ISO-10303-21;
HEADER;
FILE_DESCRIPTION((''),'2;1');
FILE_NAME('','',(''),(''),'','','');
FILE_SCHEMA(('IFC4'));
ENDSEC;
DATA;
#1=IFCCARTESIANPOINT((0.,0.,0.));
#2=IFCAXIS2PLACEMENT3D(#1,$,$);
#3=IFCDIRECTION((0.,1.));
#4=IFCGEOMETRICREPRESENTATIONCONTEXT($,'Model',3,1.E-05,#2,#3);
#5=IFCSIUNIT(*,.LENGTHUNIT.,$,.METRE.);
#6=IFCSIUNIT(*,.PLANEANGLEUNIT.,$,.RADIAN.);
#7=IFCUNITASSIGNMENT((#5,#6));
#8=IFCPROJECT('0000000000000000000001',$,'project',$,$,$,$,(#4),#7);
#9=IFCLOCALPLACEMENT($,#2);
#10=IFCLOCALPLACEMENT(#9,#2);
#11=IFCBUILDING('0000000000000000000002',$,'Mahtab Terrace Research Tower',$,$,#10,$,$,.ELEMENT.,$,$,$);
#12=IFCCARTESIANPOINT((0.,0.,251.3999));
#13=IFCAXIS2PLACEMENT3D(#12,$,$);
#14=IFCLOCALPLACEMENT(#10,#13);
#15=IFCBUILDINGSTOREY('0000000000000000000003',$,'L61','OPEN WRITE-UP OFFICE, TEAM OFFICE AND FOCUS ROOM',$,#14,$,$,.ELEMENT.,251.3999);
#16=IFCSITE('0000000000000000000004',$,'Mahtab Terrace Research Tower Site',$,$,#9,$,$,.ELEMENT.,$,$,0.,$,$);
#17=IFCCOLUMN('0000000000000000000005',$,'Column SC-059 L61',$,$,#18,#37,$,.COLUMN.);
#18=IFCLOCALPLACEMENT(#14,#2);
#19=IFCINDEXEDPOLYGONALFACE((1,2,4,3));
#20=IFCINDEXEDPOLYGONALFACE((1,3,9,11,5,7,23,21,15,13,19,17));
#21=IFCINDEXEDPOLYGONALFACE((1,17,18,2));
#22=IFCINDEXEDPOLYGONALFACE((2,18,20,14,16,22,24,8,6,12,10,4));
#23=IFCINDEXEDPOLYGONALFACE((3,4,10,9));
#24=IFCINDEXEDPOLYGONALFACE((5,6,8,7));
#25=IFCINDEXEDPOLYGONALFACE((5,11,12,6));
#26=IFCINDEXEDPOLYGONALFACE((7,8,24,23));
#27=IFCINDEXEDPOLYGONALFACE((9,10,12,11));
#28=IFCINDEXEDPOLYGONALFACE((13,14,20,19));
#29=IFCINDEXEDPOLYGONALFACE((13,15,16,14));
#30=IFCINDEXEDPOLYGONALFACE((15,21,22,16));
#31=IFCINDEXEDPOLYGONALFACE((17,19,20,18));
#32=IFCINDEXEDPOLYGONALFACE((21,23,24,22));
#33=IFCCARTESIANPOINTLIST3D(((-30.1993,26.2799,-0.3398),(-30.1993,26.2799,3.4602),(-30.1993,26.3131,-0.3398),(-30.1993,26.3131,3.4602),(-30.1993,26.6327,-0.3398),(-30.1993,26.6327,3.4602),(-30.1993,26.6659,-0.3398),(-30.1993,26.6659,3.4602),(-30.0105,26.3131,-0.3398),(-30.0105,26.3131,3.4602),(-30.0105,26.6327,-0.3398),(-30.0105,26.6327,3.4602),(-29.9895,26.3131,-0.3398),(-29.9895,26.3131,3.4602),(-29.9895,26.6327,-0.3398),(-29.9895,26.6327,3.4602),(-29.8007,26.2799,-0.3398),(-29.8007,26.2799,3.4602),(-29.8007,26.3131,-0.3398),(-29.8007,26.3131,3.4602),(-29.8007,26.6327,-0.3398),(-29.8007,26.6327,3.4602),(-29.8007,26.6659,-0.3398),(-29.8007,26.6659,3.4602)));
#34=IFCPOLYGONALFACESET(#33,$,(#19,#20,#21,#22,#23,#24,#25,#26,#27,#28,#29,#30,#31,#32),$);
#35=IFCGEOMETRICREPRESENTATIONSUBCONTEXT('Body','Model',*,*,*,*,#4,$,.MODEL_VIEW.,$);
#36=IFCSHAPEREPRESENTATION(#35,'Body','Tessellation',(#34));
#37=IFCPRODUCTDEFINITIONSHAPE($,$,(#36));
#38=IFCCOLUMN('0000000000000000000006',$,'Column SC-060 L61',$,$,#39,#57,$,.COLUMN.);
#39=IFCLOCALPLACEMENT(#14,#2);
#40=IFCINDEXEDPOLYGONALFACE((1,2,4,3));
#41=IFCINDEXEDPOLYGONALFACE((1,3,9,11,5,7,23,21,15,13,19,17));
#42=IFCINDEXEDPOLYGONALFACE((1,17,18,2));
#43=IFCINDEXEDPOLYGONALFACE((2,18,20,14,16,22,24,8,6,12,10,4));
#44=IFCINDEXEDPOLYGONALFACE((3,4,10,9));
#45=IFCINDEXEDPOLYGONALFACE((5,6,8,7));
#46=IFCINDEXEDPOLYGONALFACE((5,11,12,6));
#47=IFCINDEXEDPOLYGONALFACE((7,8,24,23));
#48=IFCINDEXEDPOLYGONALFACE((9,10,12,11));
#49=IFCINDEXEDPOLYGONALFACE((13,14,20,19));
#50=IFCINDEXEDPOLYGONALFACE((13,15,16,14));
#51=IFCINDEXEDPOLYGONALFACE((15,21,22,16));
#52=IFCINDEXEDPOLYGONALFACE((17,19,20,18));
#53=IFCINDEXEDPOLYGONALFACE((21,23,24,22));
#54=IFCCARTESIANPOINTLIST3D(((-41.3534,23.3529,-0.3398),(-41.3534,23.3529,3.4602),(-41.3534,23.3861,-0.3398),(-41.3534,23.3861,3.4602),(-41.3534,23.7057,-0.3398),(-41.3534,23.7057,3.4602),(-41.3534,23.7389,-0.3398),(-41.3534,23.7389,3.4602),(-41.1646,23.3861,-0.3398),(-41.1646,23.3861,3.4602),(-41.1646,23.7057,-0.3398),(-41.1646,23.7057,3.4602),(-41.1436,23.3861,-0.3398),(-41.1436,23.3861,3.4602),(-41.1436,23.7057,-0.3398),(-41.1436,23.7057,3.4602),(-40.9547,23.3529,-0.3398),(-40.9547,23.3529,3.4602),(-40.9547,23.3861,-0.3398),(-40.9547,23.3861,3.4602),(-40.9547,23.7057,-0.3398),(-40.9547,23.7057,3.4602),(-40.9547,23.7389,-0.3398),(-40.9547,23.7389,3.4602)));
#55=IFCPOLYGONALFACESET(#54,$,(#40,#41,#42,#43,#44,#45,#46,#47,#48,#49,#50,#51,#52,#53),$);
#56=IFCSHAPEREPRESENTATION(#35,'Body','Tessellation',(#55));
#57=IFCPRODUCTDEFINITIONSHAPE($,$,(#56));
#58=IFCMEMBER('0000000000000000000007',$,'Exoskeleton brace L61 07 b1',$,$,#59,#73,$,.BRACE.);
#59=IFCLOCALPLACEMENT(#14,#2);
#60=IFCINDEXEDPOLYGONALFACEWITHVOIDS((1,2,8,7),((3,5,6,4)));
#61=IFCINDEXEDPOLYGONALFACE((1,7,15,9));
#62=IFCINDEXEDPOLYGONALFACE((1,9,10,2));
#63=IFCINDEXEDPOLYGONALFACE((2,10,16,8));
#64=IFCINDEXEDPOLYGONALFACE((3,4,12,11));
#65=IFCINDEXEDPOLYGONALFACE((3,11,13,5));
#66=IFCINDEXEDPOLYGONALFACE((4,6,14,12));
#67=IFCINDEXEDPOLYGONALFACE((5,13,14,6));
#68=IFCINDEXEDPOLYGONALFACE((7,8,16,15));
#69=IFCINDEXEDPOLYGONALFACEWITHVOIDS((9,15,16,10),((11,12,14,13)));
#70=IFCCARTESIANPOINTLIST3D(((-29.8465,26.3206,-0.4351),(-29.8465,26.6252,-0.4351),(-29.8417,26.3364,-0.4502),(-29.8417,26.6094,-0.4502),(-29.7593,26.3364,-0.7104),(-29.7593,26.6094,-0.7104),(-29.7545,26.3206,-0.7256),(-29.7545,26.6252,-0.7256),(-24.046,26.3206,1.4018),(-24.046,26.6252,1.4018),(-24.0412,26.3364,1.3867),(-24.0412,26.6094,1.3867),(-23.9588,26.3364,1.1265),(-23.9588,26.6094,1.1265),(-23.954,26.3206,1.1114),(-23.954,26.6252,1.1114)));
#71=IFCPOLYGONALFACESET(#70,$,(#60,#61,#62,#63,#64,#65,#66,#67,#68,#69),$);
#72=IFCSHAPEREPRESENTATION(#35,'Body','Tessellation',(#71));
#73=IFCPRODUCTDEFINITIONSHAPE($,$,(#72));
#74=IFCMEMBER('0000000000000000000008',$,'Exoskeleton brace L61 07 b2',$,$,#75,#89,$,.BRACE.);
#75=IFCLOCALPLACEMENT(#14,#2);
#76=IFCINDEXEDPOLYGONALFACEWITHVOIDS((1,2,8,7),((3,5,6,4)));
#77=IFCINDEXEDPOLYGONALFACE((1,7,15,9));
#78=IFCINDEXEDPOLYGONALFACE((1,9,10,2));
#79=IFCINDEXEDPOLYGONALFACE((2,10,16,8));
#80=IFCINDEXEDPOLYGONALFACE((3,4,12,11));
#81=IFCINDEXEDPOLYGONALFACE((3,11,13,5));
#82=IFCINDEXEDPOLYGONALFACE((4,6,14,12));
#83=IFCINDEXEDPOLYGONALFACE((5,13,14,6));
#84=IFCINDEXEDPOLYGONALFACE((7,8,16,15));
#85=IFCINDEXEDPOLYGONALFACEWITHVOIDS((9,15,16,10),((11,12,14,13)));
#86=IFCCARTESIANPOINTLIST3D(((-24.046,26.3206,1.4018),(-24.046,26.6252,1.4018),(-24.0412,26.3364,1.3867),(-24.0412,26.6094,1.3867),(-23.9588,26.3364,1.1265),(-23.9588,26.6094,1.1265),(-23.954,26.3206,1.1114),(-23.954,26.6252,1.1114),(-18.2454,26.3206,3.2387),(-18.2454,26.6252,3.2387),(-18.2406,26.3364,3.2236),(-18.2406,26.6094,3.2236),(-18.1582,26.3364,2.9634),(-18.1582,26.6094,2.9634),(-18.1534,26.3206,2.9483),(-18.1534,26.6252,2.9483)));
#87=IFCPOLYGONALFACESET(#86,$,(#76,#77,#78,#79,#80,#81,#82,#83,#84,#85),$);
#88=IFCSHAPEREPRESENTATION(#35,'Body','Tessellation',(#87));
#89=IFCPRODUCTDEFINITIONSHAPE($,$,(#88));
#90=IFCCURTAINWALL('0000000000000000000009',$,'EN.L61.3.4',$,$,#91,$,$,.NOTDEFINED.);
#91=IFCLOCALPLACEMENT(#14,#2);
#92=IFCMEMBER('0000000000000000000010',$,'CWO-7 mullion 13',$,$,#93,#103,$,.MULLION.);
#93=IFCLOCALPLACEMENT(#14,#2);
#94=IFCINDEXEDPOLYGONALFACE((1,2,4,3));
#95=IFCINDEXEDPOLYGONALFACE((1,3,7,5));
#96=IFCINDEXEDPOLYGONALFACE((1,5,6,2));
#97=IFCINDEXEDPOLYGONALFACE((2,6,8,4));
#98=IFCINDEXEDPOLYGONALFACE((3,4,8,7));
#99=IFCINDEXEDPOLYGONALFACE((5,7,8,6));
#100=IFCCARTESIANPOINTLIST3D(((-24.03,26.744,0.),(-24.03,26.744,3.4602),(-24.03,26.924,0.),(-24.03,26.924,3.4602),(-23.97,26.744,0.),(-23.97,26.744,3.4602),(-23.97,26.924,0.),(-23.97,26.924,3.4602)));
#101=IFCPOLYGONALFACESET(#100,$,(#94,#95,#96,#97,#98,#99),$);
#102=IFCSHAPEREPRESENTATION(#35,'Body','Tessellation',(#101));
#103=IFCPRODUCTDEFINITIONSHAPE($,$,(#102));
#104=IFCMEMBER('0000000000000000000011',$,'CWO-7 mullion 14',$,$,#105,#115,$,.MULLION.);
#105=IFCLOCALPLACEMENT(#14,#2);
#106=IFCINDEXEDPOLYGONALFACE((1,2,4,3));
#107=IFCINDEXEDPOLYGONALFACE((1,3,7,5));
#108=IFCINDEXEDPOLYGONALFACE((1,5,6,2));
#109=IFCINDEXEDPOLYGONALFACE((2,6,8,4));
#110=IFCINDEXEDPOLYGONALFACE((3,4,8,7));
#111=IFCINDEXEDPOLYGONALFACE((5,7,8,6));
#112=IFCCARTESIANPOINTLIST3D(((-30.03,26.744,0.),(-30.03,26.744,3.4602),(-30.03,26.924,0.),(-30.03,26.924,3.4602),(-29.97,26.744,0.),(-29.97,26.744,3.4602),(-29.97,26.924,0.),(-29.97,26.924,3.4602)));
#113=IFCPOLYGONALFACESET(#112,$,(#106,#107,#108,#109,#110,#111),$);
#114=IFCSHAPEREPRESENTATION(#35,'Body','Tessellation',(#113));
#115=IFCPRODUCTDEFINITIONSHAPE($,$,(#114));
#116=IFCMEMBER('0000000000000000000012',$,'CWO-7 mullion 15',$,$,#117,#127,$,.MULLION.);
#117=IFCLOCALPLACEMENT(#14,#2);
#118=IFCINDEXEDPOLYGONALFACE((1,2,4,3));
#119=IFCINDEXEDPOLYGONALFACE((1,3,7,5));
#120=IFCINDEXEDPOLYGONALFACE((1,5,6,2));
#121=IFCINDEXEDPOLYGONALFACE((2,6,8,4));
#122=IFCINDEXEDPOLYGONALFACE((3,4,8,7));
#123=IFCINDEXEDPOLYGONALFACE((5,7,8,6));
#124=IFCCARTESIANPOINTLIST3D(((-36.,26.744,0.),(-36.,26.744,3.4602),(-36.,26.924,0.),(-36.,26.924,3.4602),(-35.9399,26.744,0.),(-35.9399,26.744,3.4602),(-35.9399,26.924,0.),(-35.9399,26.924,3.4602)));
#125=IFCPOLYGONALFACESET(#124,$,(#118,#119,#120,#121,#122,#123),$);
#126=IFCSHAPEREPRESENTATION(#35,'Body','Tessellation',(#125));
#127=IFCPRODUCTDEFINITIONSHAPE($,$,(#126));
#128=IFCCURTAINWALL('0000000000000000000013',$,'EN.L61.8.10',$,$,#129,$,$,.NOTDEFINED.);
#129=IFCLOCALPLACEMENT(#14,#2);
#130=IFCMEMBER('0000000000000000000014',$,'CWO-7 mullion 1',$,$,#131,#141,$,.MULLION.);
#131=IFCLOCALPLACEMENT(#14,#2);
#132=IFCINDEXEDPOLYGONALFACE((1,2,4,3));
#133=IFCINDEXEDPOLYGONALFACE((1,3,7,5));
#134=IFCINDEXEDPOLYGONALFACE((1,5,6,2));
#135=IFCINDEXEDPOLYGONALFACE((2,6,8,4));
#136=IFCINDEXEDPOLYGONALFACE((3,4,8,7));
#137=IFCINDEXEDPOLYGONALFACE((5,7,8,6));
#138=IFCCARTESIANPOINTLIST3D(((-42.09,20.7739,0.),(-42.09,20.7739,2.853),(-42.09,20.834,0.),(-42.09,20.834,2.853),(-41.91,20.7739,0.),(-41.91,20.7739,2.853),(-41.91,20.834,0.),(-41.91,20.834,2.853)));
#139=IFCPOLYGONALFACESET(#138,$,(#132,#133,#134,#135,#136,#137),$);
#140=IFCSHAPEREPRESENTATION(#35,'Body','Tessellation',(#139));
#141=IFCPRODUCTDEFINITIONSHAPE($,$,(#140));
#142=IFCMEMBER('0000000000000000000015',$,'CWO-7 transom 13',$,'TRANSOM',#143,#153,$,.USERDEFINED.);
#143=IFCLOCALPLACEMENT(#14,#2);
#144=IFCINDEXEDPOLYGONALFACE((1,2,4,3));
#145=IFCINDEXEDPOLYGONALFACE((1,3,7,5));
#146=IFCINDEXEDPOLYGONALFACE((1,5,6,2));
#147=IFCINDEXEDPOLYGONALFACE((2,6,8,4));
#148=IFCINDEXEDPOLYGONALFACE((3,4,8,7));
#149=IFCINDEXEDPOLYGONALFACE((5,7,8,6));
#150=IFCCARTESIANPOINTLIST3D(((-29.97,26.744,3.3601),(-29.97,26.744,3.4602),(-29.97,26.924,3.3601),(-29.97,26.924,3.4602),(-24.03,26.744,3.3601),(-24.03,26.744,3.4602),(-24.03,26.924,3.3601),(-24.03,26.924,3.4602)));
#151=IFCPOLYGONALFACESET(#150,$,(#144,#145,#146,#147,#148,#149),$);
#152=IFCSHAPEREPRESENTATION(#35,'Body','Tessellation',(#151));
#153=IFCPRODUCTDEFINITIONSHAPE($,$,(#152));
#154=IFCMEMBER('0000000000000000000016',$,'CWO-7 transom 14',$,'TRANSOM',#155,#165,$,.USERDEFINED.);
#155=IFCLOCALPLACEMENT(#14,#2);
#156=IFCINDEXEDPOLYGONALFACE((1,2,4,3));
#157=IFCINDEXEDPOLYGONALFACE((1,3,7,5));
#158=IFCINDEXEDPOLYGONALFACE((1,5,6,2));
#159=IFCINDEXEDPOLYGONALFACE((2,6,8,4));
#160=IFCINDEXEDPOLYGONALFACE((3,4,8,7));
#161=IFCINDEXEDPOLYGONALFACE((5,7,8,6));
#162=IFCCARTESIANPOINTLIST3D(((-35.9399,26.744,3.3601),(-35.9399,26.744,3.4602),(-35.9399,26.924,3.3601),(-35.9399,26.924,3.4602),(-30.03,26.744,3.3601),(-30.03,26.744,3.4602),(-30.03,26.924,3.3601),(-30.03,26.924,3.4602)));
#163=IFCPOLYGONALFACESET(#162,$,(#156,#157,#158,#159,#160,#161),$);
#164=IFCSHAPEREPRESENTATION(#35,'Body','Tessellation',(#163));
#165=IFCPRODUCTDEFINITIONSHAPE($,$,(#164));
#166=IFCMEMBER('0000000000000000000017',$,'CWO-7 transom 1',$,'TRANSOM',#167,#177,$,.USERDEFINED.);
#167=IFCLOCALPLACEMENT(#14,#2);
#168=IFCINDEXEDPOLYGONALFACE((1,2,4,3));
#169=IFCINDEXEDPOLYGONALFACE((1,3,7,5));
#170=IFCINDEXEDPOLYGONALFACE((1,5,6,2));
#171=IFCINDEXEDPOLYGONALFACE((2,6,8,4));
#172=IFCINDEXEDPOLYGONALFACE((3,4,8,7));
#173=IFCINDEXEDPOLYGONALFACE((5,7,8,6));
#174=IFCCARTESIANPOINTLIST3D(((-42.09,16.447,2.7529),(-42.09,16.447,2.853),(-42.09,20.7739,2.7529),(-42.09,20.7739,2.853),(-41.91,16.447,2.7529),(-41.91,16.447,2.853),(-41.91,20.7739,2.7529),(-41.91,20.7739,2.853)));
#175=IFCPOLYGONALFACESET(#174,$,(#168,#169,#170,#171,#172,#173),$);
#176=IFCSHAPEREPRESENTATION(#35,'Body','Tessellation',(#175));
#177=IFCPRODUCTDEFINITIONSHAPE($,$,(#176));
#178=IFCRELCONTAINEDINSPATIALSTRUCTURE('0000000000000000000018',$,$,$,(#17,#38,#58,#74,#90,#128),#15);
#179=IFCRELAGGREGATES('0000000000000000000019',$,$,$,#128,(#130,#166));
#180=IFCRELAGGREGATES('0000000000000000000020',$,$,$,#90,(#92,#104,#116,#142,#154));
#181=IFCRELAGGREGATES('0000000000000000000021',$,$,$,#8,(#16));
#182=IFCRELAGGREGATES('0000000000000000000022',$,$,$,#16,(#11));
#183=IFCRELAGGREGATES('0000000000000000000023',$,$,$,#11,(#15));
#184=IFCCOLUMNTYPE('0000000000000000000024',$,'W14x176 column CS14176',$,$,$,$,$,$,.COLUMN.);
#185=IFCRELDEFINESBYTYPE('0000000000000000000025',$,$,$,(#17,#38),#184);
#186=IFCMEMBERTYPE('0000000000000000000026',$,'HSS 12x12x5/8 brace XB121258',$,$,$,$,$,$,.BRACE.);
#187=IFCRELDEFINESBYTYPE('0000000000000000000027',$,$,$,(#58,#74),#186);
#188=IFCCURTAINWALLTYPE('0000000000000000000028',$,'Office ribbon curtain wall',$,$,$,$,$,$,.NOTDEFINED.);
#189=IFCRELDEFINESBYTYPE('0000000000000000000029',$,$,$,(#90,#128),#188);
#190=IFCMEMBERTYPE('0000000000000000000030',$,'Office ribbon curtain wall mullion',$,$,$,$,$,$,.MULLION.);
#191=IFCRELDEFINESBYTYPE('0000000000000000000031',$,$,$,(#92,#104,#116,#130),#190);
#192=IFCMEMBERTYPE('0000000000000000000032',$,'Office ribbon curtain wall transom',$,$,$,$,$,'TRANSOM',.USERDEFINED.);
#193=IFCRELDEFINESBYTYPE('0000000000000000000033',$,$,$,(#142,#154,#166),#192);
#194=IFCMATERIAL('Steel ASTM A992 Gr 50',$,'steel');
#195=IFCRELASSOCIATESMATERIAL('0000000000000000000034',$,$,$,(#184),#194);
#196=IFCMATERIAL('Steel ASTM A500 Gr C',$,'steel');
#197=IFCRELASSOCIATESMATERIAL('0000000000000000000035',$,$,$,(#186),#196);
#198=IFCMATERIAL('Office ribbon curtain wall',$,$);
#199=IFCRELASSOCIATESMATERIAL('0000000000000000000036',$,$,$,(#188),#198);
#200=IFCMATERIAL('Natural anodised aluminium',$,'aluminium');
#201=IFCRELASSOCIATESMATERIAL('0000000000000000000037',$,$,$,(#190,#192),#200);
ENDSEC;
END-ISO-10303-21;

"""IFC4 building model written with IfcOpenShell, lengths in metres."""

from ifc_helpers import new_model, si_unit, direction, frame, origin, origin_2d, place, context, subcontext, project, spatial, rectangle, hollow_rectangle, i_section, extrude, material, material_profile, profile_set, type_object, element, aggregate, save


model = new_model("IFC4")

# Units and contexts
model_context = context("Model", 3, precision=1e-05, world=origin(), true_north=direction((0.0, 1.0)))
body_context = subcontext(model_context, "Body", "Model", "MODEL_VIEW")
ifc_project = project(units=[si_unit("LENGTHUNIT", "METRE"), si_unit("PLANEANGLEUNIT", "RADIAN")], contexts=[model_context])

# Site, building, storey
site_placement = place(None, origin())
site = spatial("IfcSite", under=ifc_project, at=site_placement, Name="Mahtab Terrace Research Tower Site", CompositionType="ELEMENT", RefElevation=0.0)
building_placement = place(site_placement, origin())
building = spatial("IfcBuilding", under=site, at=building_placement, Name="Mahtab Terrace Research Tower", CompositionType="ELEMENT")
storey_placement = place(building_placement, frame((0.0, 0.0, 251.3999)))
storey = spatial("IfcBuildingStorey", under=building, at=storey_placement, Name="L61", Description="OPEN WRITE-UP OFFICE, TEAM OFFICE AND FOCUS ROOM", CompositionType="ELEMENT", Elevation=251.3999)

# Columns
ifc_material_1 = material(Name="Steel ASTM A992 Gr 50", Category="steel")
ifc_material_profile_1 = material_profile(ifc_material_1, i_section(OverallWidth=0.3987, OverallDepth=0.386, WebThickness=0.021, FlangeThickness=0.0332, at=origin_2d()), Name="W14X176")
ifc_profile_set_1 = profile_set([ifc_material_profile_1], Name="Steel ASTM A992 Gr 50")
column_type = type_object("IfcColumnType", Name="W14x176 column CS14176", PredefinedType="COLUMN", material=ifc_profile_set_1)
for number, where, z_axis, x_axis, name in (
    (1, (-30.0, 26.4729, -0.3398), (0.0, 0.0, 1.0), (1.0, 0.0, 0.0), "Column SC-059 L61"),
    (2, (-41.1541, 23.5459, -0.3398), (0.0, 0.0, 1.0), (1.0, 0.0, 0.0), "Column SC-060 L61"),
):
    element("IfcColumn", number, at=place(storey_placement, frame(where, z_axis=z_axis, x_axis=x_axis)), inside=storey, type_object=column_type, Name=name, PredefinedType="COLUMN", context=body_context, shape_type="SweptSolid", body=[
        extrude(i_section(OverallWidth=0.3987, OverallDepth=0.386, WebThickness=0.021, FlangeThickness=0.0332, at=origin_2d()), origin(), (0.0, 0.0, 1.0), 3.8),
    ])

# Members
ifc_material_2 = material(Name="Steel ASTM A500 Gr C", Category="steel")
ifc_material_profile_2 = material_profile(ifc_material_2, hollow_rectangle(XDim=0.3047, YDim=0.3047, WallThickness=0.0159, at=origin_2d()), Name="HSS12X12X5/8")
ifc_profile_set_2 = profile_set([ifc_material_profile_2], Name="Steel ASTM A500 Gr C")
member_type_1 = type_object("IfcMemberType", Name="HSS 12x12x5/8 brace XB121258", PredefinedType="BRACE", material=ifc_profile_set_2)
for number, where, z_axis, x_axis, name in (
    (3, (-29.8005, 26.4729, -0.5803), (0.953339, 0.0, 0.301903), (0.0, 1.0, 0.0), "Exoskeleton brace L61 07 b1"),
    (4, (-24.0, 26.4729, 1.2566), (0.953339, 0.0, 0.301903), (0.0, 1.0, 0.0), "Exoskeleton brace L61 07 b2"),
):
    element("IfcMember", number, at=place(storey_placement, frame(where, z_axis=z_axis, x_axis=x_axis)), inside=storey, type_object=member_type_1, Name=name, PredefinedType="BRACE", context=body_context, shape_type="SweptSolid", body=[
        extrude(hollow_rectangle(XDim=0.3047, YDim=0.3047, WallThickness=0.0159, at=origin_2d()), origin(), (0.0, 0.0, 1.0), 6.0845),
    ])

# Curtain wall, members
ifc_material_3 = material(Name="Office ribbon curtain wall")
curtain_wall_type = type_object("IfcCurtainWallType", Name="Office ribbon curtain wall", PredefinedType="NOTDEFINED", material=ifc_material_3)
curtain_wall_1_placement = place(storey_placement, origin())
curtain_wall_1 = element("IfcCurtainWall", 5, at=curtain_wall_1_placement, inside=storey, type_object=curtain_wall_type, Name="EN.L61.3.4", PredefinedType="NOTDEFINED")
ifc_material_4 = material(Name="Natural anodised aluminium", Category="aluminium")
ifc_material_profile_3 = material_profile(ifc_material_4, rectangle(XDim=0.1799, YDim=0.0601, at=origin_2d()), Name="MULLION 60x180")
ifc_profile_set_3 = profile_set([ifc_material_profile_3], Name="Natural anodised aluminium")
member_type_2 = type_object("IfcMemberType", Name="Office ribbon curtain wall mullion", PredefinedType="MULLION", material=ifc_profile_set_3)
member_1_placement = place(storey_placement, frame((-24.0, 26.834, 0.0), z_axis=(0.0, 0.0, 1.0), x_axis=(0.0, -1.0, 0.0)))
member_1 = element("IfcMember", 6, at=member_1_placement, type_object=member_type_2, Name="CWO-7 mullion 13", PredefinedType="MULLION", context=body_context, shape_type="SweptSolid", body=[
    extrude(rectangle(XDim=0.1799, YDim=0.0601, at=origin_2d()), origin(), (0.0, 0.0, 1.0), 3.4602),
])
member_2_placement = place(storey_placement, frame((-30.0, 26.834, 0.0), z_axis=(0.0, 0.0, 1.0), x_axis=(0.0, -1.0, 0.0)))
member_2 = element("IfcMember", 7, at=member_2_placement, type_object=member_type_2, Name="CWO-7 mullion 14", PredefinedType="MULLION", context=body_context, shape_type="SweptSolid", body=[
    extrude(rectangle(XDim=0.1799, YDim=0.0601, at=origin_2d()), origin(), (0.0, 0.0, 1.0), 3.4602),
])
member_3_placement = place(storey_placement, frame((-35.97, 26.834, 0.0), z_axis=(0.0, 0.0, 1.0), x_axis=(0.0, -1.0, 0.0)))
member_3 = element("IfcMember", 8, at=member_3_placement, type_object=member_type_2, Name="CWO-7 mullion 15", PredefinedType="MULLION", context=body_context, shape_type="SweptSolid", body=[
    extrude(rectangle(XDim=0.1799, YDim=0.0601, at=origin_2d()), origin(), (0.0, 0.0, 1.0), 3.4602),
])

# Curtain wall, member
curtain_wall_2_placement = place(storey_placement, origin())
curtain_wall_2 = element("IfcCurtainWall", 9, at=curtain_wall_2_placement, inside=storey, type_object=curtain_wall_type, Name="EN.L61.8.10", PredefinedType="NOTDEFINED")
member_4_placement = place(storey_placement, frame((-42.0, 20.804, 0.0), z_axis=(0.0, 0.0, 1.0), x_axis=(1.0, 0.0, 0.0)))
member_4 = element("IfcMember", 10, at=member_4_placement, type_object=member_type_2, Name="CWO-7 mullion 1", PredefinedType="MULLION", context=body_context, shape_type="SweptSolid", body=[
    extrude(rectangle(XDim=0.1799, YDim=0.0601, at=origin_2d()), origin(), (0.0, 0.0, 1.0), 2.853),
])

# Members
ifc_material_profile_4 = material_profile(ifc_material_4, rectangle(XDim=0.1799, YDim=0.1001, at=origin_2d()), Name="TRANSOM 100x180")
ifc_profile_set_4 = profile_set([ifc_material_profile_4], Name="Natural anodised aluminium")
member_type_3 = type_object("IfcMemberType", Name="Office ribbon curtain wall transom", ElementType="TRANSOM", PredefinedType="USERDEFINED", material=ifc_profile_set_4)
member_5_placement = place(storey_placement, frame((-24.03, 26.834, 3.4102), z_axis=(-1.0, 0.0, 0.0), x_axis=(0.0, -1.0, 0.0)))
member_5 = element("IfcMember", 11, at=member_5_placement, type_object=member_type_3, Name="CWO-7 transom 13", ObjectType="TRANSOM", PredefinedType="USERDEFINED", context=body_context, shape_type="SweptSolid", body=[
    extrude(rectangle(XDim=0.1799, YDim=0.1001, at=origin_2d()), origin(), (0.0, 0.0, 1.0), 5.9399),
])
member_6_placement = place(storey_placement, frame((-30.03, 26.834, 3.4102), z_axis=(-1.0, 0.0, 0.0), x_axis=(0.0, -1.0, 0.0)))
member_6 = element("IfcMember", 12, at=member_6_placement, type_object=member_type_3, Name="CWO-7 transom 14", ObjectType="TRANSOM", PredefinedType="USERDEFINED", context=body_context, shape_type="SweptSolid", body=[
    extrude(rectangle(XDim=0.1799, YDim=0.1001, at=origin_2d()), origin(), (0.0, 0.0, 1.0), 5.9099),
])
member_7_placement = place(storey_placement, frame((-42.0, 20.7739, 2.803), z_axis=(0.0, -1.0, 0.0), x_axis=(1.0, 0.0, 0.0)))
member_7 = element("IfcMember", 13, at=member_7_placement, type_object=member_type_3, Name="CWO-7 transom 1", ObjectType="TRANSOM", PredefinedType="USERDEFINED", context=body_context, shape_type="SweptSolid", body=[
    extrude(rectangle(XDim=0.1799, YDim=0.1001, at=origin_2d()), origin(), (0.0, 0.0, 1.0), 4.3269),
])

aggregate(curtain_wall_2, [member_4, member_7])
aggregate(curtain_wall_1, [member_1, member_2, member_3, member_5, member_6])

save(model, "model.ifc")
